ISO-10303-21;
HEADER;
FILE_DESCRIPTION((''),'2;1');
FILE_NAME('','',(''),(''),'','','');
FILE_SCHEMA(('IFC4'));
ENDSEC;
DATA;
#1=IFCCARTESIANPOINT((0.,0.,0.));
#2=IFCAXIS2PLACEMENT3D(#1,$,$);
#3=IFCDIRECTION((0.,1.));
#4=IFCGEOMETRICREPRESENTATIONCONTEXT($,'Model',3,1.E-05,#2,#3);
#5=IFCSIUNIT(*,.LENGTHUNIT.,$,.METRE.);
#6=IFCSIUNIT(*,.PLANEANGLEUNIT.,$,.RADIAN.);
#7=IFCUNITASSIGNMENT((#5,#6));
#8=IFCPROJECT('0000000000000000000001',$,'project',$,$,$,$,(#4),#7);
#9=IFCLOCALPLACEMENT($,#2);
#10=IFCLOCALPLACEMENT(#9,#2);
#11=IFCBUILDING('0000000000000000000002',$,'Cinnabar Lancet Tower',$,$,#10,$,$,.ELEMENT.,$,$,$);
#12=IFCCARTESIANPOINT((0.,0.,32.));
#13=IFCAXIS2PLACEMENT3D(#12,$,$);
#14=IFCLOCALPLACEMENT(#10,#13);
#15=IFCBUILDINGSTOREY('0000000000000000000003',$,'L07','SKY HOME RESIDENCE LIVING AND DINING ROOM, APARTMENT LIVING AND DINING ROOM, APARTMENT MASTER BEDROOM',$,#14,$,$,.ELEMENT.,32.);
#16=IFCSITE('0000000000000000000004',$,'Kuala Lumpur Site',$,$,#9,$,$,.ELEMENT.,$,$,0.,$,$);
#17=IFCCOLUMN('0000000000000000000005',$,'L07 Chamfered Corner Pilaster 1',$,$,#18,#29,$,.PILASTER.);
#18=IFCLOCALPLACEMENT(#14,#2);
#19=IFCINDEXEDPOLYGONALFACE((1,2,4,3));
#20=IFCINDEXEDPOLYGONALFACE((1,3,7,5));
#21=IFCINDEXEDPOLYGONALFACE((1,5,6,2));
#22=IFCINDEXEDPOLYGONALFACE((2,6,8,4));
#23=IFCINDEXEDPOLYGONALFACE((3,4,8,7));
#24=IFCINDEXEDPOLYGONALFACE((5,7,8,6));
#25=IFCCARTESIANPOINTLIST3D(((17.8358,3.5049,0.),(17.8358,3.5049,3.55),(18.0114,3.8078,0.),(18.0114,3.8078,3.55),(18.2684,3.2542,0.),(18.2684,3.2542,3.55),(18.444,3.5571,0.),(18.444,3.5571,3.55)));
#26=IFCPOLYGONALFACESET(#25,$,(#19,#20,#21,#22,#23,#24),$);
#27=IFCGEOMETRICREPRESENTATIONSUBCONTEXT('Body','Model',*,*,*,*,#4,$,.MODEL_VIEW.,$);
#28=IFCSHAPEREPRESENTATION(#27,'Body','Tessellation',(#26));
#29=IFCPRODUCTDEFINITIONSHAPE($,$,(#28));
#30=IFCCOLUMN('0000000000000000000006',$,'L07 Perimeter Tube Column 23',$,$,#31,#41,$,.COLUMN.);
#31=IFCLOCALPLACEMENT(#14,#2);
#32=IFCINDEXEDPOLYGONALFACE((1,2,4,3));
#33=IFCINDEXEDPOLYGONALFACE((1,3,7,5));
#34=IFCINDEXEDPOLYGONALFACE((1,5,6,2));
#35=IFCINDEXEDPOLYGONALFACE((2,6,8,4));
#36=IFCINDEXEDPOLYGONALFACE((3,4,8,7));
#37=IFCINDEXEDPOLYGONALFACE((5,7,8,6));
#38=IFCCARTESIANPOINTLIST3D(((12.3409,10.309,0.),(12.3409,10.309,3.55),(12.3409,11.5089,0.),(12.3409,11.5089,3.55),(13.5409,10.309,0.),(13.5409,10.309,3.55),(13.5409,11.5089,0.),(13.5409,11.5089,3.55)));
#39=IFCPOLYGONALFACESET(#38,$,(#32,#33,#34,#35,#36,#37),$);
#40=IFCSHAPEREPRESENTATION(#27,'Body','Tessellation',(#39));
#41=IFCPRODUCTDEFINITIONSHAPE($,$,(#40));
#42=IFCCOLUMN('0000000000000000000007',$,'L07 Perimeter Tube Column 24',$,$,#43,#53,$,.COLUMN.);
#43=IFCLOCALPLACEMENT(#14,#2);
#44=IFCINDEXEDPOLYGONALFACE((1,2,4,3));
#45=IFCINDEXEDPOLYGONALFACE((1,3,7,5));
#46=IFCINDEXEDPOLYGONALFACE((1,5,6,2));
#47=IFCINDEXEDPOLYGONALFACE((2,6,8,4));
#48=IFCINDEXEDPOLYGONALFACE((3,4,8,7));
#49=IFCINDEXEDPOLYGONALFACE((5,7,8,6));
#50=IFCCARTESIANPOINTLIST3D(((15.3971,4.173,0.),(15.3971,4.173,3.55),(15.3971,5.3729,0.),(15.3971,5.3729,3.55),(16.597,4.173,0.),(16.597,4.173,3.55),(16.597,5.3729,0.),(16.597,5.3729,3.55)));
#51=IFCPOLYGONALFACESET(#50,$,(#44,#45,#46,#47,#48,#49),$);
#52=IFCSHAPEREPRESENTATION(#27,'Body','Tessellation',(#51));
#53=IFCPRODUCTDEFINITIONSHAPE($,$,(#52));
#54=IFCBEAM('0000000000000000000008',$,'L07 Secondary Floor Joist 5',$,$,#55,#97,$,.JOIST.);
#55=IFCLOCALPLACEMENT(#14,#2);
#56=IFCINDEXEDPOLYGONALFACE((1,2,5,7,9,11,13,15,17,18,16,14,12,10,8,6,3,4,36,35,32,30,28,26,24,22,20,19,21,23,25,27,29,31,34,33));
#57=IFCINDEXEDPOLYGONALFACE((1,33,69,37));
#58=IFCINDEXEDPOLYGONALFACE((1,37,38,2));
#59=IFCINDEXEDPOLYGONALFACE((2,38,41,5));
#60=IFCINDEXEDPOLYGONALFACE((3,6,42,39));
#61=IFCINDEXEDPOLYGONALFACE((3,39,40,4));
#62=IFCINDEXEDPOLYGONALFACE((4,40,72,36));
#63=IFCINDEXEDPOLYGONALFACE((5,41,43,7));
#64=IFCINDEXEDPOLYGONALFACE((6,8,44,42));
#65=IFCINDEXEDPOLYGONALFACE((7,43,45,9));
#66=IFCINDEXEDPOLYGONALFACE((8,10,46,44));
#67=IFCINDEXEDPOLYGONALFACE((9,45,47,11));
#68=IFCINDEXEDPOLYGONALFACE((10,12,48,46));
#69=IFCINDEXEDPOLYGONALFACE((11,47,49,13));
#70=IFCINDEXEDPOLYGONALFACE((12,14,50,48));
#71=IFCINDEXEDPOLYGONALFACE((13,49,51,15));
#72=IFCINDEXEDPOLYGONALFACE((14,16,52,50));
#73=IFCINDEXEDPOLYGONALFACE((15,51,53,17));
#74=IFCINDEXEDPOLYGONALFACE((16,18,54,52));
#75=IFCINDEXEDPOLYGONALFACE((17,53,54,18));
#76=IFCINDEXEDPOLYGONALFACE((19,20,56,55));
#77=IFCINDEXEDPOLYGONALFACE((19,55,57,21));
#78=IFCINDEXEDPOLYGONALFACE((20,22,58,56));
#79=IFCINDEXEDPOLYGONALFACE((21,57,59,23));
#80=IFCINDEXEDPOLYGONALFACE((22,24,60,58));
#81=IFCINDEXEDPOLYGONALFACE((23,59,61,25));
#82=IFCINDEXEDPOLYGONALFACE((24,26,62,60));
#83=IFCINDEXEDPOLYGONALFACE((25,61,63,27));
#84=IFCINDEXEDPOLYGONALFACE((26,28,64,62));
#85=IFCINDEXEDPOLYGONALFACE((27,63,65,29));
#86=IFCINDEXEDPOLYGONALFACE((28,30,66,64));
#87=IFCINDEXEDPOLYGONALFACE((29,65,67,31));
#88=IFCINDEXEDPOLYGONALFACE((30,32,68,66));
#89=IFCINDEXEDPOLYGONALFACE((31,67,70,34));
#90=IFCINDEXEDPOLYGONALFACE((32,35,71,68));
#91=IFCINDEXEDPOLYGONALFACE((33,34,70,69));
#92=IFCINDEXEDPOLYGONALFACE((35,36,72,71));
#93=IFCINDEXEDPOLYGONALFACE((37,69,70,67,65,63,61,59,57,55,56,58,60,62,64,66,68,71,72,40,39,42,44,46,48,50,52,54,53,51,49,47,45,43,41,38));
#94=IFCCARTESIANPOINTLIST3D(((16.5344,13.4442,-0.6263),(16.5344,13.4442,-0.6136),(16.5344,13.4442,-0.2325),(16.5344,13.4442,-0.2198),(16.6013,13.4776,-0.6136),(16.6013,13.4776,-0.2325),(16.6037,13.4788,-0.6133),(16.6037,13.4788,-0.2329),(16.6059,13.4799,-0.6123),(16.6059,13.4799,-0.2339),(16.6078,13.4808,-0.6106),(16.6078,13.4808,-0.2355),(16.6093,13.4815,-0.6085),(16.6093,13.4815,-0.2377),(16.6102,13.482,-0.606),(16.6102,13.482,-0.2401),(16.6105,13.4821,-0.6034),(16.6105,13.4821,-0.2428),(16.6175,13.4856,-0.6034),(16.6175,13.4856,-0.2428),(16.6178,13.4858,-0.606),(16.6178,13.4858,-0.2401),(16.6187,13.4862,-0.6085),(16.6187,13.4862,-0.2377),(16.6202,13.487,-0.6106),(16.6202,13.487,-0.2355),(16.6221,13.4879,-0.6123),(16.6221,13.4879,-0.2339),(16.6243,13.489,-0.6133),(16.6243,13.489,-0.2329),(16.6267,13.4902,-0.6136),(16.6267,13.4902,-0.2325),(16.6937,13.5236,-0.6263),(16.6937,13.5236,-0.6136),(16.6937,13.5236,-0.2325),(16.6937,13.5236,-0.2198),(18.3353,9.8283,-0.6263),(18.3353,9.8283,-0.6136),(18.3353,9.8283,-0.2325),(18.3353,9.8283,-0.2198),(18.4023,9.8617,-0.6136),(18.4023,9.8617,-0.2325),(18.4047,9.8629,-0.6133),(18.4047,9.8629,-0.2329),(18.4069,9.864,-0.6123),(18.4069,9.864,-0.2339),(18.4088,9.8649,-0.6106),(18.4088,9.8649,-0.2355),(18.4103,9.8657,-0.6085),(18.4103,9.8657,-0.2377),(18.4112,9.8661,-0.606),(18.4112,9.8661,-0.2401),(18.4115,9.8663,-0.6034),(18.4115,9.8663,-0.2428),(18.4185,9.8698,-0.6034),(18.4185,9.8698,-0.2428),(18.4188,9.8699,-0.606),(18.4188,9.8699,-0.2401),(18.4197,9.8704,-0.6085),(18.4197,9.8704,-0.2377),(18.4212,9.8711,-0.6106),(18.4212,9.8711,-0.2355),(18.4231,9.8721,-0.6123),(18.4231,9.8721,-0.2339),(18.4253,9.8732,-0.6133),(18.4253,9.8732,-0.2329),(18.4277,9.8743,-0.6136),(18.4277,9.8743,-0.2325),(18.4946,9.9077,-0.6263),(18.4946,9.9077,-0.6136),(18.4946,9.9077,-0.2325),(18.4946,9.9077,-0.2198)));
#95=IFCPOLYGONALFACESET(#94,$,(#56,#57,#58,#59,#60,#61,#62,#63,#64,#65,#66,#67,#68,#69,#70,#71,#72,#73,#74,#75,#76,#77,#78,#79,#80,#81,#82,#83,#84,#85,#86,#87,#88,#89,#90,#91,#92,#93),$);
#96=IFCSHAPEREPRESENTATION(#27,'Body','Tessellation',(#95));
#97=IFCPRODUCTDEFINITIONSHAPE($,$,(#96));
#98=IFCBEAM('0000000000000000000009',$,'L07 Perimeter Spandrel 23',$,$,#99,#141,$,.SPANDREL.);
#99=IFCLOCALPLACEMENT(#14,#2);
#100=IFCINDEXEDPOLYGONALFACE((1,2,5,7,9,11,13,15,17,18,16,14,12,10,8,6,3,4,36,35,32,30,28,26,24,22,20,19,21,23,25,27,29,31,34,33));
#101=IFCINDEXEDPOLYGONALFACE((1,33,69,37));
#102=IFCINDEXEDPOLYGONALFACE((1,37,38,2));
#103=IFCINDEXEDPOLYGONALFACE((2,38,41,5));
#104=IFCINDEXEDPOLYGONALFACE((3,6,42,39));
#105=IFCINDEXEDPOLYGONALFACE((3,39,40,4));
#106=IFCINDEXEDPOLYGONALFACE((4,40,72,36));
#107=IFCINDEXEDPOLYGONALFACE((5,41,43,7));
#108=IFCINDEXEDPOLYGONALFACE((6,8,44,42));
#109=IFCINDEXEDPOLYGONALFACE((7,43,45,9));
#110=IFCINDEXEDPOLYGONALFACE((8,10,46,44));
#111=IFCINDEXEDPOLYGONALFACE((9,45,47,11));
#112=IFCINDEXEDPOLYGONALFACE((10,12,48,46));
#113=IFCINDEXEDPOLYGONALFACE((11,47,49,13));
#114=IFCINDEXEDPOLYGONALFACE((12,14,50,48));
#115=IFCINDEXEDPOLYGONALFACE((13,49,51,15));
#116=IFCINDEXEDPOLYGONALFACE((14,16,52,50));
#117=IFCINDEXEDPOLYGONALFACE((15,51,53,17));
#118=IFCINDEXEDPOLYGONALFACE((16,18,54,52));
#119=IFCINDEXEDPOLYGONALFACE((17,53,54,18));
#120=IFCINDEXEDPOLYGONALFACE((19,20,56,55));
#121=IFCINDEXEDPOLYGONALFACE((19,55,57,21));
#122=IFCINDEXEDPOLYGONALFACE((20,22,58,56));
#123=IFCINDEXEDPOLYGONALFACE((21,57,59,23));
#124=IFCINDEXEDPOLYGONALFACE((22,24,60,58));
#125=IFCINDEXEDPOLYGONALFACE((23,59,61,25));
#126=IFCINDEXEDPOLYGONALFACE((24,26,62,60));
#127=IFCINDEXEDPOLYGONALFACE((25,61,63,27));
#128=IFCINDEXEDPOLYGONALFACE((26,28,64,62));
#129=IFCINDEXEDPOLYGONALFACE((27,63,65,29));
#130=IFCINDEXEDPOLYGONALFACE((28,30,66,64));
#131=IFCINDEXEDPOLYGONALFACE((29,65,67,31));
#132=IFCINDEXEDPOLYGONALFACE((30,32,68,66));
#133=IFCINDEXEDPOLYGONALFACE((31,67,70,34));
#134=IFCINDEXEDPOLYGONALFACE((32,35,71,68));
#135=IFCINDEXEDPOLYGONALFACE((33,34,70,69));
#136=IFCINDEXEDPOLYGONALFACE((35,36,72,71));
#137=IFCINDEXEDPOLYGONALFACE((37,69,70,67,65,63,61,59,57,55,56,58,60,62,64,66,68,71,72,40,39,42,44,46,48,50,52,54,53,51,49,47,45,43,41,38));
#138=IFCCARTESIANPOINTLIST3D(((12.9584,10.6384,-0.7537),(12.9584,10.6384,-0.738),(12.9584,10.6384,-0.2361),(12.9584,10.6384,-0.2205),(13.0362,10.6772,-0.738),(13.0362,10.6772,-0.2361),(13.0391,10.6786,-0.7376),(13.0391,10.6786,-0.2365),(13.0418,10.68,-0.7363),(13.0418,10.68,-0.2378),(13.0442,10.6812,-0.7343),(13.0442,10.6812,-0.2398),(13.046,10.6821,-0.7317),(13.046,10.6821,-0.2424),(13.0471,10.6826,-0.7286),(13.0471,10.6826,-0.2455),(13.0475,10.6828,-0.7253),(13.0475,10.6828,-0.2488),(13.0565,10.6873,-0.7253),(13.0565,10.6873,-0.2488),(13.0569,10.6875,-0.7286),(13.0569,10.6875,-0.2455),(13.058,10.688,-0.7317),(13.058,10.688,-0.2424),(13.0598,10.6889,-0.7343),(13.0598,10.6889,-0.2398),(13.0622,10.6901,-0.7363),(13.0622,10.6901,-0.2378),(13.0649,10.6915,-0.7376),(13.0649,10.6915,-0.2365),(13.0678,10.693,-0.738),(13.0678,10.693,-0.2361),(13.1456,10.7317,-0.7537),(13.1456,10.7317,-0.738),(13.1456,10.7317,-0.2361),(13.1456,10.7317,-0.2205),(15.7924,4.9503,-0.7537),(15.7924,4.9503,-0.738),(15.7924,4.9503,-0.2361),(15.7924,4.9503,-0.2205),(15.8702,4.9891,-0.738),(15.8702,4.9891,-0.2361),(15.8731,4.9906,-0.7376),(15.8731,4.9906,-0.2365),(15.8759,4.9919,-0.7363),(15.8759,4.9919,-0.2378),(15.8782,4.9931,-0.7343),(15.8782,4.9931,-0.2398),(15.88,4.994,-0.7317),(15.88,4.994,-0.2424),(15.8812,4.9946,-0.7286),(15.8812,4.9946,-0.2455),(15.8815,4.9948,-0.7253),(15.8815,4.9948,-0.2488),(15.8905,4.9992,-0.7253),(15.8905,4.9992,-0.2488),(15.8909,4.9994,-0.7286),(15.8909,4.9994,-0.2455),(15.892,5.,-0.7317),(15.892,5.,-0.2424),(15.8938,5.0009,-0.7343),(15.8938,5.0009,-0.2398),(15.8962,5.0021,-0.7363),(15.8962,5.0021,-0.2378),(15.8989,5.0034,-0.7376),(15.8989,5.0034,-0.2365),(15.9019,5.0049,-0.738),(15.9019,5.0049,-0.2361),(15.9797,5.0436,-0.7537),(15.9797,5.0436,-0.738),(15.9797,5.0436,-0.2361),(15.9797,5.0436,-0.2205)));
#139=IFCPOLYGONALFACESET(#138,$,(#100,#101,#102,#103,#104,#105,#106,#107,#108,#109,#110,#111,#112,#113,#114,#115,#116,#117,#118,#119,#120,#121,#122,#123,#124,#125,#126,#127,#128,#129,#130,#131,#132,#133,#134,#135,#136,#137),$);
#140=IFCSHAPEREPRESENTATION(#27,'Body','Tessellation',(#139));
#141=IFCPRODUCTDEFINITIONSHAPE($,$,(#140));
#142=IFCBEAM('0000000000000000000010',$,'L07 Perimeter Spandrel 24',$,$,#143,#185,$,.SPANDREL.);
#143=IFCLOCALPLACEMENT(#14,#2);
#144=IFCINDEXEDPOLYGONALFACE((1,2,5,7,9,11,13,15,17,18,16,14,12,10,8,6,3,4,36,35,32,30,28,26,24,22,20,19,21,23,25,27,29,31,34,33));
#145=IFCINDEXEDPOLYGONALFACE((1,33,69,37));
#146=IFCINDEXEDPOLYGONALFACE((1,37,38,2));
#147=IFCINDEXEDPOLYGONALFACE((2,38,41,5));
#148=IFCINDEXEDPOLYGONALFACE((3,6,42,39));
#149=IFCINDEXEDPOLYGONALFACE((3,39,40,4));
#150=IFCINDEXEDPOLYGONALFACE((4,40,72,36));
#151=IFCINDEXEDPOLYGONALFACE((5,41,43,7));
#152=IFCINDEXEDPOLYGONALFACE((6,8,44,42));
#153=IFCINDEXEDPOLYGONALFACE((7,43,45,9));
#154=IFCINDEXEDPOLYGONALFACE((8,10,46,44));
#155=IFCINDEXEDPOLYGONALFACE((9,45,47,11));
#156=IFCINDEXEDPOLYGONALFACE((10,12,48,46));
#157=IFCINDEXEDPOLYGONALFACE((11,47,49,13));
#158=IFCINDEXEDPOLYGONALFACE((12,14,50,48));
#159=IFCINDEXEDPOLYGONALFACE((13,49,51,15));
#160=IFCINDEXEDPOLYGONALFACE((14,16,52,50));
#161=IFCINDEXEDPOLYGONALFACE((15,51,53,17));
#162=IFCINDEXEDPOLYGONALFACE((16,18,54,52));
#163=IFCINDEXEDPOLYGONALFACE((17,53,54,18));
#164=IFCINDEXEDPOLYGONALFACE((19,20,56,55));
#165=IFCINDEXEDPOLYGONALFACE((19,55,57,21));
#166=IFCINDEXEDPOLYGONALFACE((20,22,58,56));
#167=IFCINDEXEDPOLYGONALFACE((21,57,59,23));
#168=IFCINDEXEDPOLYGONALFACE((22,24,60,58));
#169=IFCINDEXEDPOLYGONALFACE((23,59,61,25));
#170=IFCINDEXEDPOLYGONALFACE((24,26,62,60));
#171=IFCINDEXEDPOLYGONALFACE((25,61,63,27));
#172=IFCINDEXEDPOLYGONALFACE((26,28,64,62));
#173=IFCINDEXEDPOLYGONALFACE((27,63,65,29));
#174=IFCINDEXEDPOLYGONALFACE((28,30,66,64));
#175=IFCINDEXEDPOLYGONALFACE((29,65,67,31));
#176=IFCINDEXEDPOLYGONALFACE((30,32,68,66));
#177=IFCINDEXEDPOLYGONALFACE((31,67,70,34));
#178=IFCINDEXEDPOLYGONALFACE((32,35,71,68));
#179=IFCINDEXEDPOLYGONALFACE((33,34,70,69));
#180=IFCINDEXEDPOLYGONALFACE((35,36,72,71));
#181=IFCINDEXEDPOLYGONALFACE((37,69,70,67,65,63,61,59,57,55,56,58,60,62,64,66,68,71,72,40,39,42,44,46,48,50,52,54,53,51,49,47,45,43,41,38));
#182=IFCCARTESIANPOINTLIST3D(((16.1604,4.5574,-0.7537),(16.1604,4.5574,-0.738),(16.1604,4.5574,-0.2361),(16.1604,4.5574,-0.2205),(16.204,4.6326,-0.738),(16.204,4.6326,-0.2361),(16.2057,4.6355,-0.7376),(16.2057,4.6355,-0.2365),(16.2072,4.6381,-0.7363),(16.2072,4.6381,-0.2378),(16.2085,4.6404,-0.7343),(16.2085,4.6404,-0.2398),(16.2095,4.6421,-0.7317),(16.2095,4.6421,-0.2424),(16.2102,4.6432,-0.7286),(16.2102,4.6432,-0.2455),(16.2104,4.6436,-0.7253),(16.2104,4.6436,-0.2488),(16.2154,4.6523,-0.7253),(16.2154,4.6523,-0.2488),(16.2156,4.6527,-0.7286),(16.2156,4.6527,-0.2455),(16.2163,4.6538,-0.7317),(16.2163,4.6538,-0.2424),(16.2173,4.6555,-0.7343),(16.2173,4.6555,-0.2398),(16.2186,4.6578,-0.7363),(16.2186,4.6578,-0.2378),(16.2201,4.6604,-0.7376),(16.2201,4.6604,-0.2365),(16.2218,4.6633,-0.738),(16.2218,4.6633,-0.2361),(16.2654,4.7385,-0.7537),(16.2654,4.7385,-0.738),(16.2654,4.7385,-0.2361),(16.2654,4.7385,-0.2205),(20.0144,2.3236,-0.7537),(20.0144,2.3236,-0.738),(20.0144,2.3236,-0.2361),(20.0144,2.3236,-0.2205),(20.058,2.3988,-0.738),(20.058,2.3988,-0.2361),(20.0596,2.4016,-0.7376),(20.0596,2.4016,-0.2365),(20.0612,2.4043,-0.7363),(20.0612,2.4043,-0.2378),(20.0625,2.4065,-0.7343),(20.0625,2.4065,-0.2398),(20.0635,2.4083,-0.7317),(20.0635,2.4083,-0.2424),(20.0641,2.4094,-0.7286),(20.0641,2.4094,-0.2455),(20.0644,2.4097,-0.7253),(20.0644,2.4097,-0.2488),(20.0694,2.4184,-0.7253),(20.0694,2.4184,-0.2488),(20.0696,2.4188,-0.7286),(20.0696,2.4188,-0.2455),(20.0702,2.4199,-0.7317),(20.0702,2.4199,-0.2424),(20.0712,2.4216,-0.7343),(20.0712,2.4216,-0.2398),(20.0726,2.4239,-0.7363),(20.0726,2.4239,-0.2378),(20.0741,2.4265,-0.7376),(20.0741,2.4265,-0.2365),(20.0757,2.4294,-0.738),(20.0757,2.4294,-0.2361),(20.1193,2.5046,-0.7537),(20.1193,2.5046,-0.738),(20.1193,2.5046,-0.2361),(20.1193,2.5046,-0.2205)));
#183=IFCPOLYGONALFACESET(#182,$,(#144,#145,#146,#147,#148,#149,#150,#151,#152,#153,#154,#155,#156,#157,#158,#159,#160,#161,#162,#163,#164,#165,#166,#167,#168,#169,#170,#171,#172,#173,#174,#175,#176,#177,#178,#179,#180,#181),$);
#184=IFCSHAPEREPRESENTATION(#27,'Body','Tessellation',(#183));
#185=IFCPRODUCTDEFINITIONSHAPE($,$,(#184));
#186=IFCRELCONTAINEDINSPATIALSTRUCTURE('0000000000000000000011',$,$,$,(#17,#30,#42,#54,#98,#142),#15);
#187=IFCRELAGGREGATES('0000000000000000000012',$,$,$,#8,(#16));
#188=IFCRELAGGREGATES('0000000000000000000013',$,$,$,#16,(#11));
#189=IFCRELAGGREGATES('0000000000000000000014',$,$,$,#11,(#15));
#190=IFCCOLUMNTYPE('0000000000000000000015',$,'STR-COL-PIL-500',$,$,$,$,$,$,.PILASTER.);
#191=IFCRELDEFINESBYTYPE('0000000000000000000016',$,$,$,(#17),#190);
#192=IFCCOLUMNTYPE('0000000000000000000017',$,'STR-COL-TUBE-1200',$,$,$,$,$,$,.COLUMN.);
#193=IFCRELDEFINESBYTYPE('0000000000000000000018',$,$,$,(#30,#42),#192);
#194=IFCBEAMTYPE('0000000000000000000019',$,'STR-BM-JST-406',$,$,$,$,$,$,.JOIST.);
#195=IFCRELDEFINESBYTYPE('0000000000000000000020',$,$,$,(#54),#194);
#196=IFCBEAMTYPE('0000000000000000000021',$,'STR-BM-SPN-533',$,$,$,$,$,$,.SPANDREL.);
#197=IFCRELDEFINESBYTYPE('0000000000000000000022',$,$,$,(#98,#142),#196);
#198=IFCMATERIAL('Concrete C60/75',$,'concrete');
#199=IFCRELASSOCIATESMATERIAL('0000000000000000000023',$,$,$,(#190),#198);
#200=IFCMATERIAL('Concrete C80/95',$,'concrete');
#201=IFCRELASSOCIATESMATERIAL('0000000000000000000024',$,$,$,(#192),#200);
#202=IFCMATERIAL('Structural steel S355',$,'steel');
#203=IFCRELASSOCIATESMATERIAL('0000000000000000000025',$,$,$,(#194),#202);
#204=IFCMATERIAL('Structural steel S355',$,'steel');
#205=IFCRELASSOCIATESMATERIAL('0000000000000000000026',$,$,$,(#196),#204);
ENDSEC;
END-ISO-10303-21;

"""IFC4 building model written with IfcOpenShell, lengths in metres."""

from ifc_helpers import new_model, si_unit, direction, frame, origin, origin_2d, place, context, subcontext, project, spatial, rectangle, i_section, extrude, material, material_profile, profile_set, type_object, element, save


model = new_model("IFC4")

# Units and contexts
model_context = context("Model", 3, precision=1e-05, world=origin(), true_north=direction((0.0, 1.0)))
body_context = subcontext(model_context, "Body", "Model", "MODEL_VIEW")
ifc_project = project(units=[si_unit("LENGTHUNIT", "METRE"), si_unit("PLANEANGLEUNIT", "RADIAN")], contexts=[model_context])

# Site, building, storey
site_placement = place(None, origin())
site = spatial("IfcSite", under=ifc_project, at=site_placement, Name="Kuala Lumpur Site", CompositionType="ELEMENT", RefElevation=0.0)
building_placement = place(site_placement, origin())
building = spatial("IfcBuilding", under=site, at=building_placement, Name="Cinnabar Lancet Tower", CompositionType="ELEMENT")
storey_placement = place(building_placement, frame((0.0, 0.0, 32.0)))
storey = spatial("IfcBuildingStorey", under=building, at=storey_placement, Name="L07", Description="SKY HOME RESIDENCE LIVING AND DINING ROOM, APARTMENT LIVING AND DINING ROOM, APARTMENT MASTER BEDROOM", CompositionType="ELEMENT", Elevation=32.0)

# Columns
ifc_material_1 = material(Name="Concrete C60/75", Category="concrete")
ifc_material_profile_1 = material_profile(ifc_material_1, rectangle(XDim=0.5, YDim=0.3501, at=origin_2d()), Name="RC-PIL 500x350")
ifc_profile_set_1 = profile_set([ifc_material_profile_1], Name="Concrete C60/75")
column_type_1 = type_object("IfcColumnType", Name="STR-COL-PIL-500", PredefinedType="PILASTER", material=ifc_profile_set_1)
column_placement = place(storey_placement, frame((18.1399, 3.531, 0.0), z_axis=(0.0, 0.0, 1.0), x_axis=(0.865195, -0.501435, 0.0)))
element("IfcColumn", 1, at=column_placement, inside=storey, type_object=column_type_1, Name="L07 Chamfered Corner Pilaster 1", PredefinedType="PILASTER", context=body_context, shape_type="SweptSolid", body=[
    extrude(rectangle(XDim=0.5, YDim=0.3501, at=origin_2d()), origin(), (0.0, 0.0, 1.0), 3.55),
])
ifc_material_2 = material(Name="Concrete C80/95", Category="concrete")
ifc_material_profile_2 = material_profile(ifc_material_2, rectangle(XDim=1.2, YDim=1.2, at=origin_2d()), Name="RC-COL 1200x1200")
ifc_profile_set_2 = profile_set([ifc_material_profile_2], Name="Concrete C80/95")
column_type_2 = type_object("IfcColumnType", Name="STR-COL-TUBE-1200", PredefinedType="COLUMN", material=ifc_profile_set_2)
for number, where, z_axis, x_axis, name in (
    (2, (12.9409, 10.9089, 0.0), (0.0, 0.0, 1.0), (1.0, 0.0, 0.0), "L07 Perimeter Tube Column 23"),
    (3, (15.9971, 4.7729, 0.0), (0.0, 0.0, 1.0), (1.0, 0.0, 0.0), "L07 Perimeter Tube Column 24"),
):
    element("IfcColumn", number, at=place(storey_placement, frame(where, z_axis=z_axis, x_axis=x_axis)), inside=storey, type_object=column_type_2, Name=name, PredefinedType="COLUMN", context=body_context, shape_type="SweptSolid", body=[
        extrude(rectangle(XDim=1.2, YDim=1.2, at=origin_2d()), origin(), (0.0, 0.0, 1.0), 3.55),
    ])

# Beams
ifc_material_3 = material(Name="Structural steel S355", Category="steel")
ifc_material_profile_3 = material_profile(ifc_material_3, i_section(OverallWidth=0.178, OverallDepth=0.4065, WebThickness=0.0078, FlangeThickness=0.0127, FilletRadius=0.0103, at=origin_2d()), Name="UKB 406x178x60")
ifc_profile_set_3 = profile_set([ifc_material_profile_3], Name="Structural steel S355")
beam_type_1 = type_object("IfcBeamType", Name="STR-BM-JST-406", PredefinedType="JOIST", material=ifc_profile_set_3)
beam_1_placement = place(storey_placement, frame((16.614, 13.4839, -0.4231), z_axis=(0.445835, -0.895115, 0.0), x_axis=(0.895115, 0.445835, 0.0)))
element("IfcBeam", 4, at=beam_1_placement, inside=storey, type_object=beam_type_1, Name="L07 Secondary Floor Joist 5", PredefinedType="JOIST", context=body_context, shape_type="SweptSolid", body=[
    extrude(i_section(OverallWidth=0.178, OverallDepth=0.4065, WebThickness=0.0078, FlangeThickness=0.0127, FilletRadius=0.0103, at=origin_2d()), origin(), (0.0, 0.0, 1.0), 4.0396),
])
ifc_material_4 = material(Name="Structural steel S355", Category="steel")
ifc_material_profile_4 = material_profile(ifc_material_4, i_section(OverallWidth=0.2092, OverallDepth=0.5332, WebThickness=0.01, FlangeThickness=0.0156, FilletRadius=0.0127, at=origin_2d()), Name="UKB 533x210x92")
ifc_profile_set_4 = profile_set([ifc_material_profile_4], Name="Structural steel S355")
beam_type_2 = type_object("IfcBeamType", Name="STR-BM-SPN-533", PredefinedType="SPANDREL", material=ifc_profile_set_4)
beam_2_placement = place(storey_placement, frame((13.052, 10.6851, -0.4871), z_axis=(0.445953, -0.895056, 0.0), x_axis=(0.895056, 0.445953, 0.0)))
element("IfcBeam", 5, at=beam_2_placement, inside=storey, type_object=beam_type_2, Name="L07 Perimeter Spandrel 23", PredefinedType="SPANDREL", context=body_context, shape_type="SweptSolid", body=[
    extrude(i_section(OverallWidth=0.2092, OverallDepth=0.5332, WebThickness=0.01, FlangeThickness=0.0156, FilletRadius=0.0127, at=origin_2d()), origin(), (0.0, 0.0, 1.0), 6.355),
])
beam_3_placement = place(storey_placement, frame((16.2129, 4.6479, -0.4871), z_axis=(0.865171, -0.501477, 0.0), x_axis=(0.501477, 0.865171, 0.0)))
element("IfcBeam", 6, at=beam_3_placement, inside=storey, type_object=beam_type_2, Name="L07 Perimeter Spandrel 24", PredefinedType="SPANDREL", context=body_context, shape_type="SweptSolid", body=[
    extrude(i_section(OverallWidth=0.2092, OverallDepth=0.5332, WebThickness=0.01, FlangeThickness=0.0156, FilletRadius=0.0127, at=origin_2d()), origin(), (0.0, 0.0, 1.0), 4.4546),
])

save(model, "model.ifc")
